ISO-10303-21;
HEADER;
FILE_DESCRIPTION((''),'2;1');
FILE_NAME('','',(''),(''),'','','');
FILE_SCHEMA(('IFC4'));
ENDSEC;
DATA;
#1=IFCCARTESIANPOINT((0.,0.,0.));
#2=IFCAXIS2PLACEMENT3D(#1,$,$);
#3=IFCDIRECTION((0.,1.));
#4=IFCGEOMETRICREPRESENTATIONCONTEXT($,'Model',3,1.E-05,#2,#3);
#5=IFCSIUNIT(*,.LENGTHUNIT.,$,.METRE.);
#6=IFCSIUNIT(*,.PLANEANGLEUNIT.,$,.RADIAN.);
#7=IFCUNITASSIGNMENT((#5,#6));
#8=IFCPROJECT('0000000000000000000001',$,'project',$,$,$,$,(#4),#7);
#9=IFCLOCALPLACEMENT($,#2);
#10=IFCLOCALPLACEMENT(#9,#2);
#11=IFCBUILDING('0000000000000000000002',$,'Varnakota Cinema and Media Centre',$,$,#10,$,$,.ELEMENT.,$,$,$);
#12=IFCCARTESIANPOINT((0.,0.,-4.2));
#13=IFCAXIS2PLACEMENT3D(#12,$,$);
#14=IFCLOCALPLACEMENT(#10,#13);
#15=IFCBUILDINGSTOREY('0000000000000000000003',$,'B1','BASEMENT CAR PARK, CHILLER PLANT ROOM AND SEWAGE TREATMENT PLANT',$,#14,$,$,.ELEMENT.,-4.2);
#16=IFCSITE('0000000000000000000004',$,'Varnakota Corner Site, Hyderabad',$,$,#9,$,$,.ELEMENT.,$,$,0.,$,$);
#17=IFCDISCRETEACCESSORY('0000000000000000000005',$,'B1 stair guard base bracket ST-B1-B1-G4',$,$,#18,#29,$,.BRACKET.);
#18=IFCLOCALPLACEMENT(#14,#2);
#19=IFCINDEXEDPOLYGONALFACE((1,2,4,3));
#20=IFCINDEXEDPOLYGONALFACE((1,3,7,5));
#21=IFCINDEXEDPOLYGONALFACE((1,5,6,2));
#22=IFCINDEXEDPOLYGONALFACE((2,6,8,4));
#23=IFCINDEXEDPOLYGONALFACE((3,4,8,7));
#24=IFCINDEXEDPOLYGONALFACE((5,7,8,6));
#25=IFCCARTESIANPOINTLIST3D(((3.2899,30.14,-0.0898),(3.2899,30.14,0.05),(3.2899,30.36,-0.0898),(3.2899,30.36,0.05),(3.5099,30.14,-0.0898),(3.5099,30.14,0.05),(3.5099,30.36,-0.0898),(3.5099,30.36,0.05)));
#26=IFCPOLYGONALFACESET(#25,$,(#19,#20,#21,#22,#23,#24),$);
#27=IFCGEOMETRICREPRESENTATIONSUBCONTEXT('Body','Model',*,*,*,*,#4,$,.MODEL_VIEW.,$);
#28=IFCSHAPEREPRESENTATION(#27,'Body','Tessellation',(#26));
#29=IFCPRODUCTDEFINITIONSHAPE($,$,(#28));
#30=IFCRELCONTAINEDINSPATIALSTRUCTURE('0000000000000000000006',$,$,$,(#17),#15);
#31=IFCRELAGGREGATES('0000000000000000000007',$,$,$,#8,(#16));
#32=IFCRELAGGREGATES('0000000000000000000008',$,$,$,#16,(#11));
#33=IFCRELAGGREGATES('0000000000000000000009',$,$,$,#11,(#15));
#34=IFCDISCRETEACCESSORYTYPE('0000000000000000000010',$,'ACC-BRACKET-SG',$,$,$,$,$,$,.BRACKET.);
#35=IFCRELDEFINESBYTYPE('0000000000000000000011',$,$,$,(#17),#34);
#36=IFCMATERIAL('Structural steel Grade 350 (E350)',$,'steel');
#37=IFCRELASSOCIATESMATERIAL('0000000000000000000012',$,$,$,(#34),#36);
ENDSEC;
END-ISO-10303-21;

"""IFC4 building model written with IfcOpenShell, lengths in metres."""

from ifc_helpers import new_model, si_unit, direction, frame, origin, origin_2d, place, context, subcontext, project, spatial, rectangle, extrude, material, type_object, element, save


model = new_model("IFC4")

# Units and contexts
model_context = context("Model", 3, precision=1e-05, world=origin(), true_north=direction((0.0, 1.0)))
body_context = subcontext(model_context, "Body", "Model", "MODEL_VIEW")
ifc_project = project(units=[si_unit("LENGTHUNIT", "METRE"), si_unit("PLANEANGLEUNIT", "RADIAN")], contexts=[model_context])

# Site, building, storey
site_placement = place(None, origin())
site = spatial("IfcSite", under=ifc_project, at=site_placement, Name="Varnakota Corner Site, Hyderabad", CompositionType="ELEMENT", RefElevation=0.0)
building_placement = place(site_placement, origin())
building = spatial("IfcBuilding", under=site, at=building_placement, Name="Varnakota Cinema and Media Centre", CompositionType="ELEMENT")
storey_placement = place(building_placement, frame((0.0, 0.0, -4.2)))
storey = spatial("IfcBuildingStorey", under=building, at=storey_placement, Name="B1", Description="BASEMENT CAR PARK, CHILLER PLANT ROOM AND SEWAGE TREATMENT PLANT", CompositionType="ELEMENT", Elevation=-4.2)

# Discrete accessory
ifc_material_1 = material(Name="Structural steel Grade 350 (E350)", Category="steel")
discrete_accessory_type = type_object("IfcDiscreteAccessoryType", Name="ACC-BRACKET-SG", PredefinedType="BRACKET", material=ifc_material_1)
for number, where, z_axis, x_axis, name in (
    (1, (3.3999, 30.25, -0.0898), (0.0, 0.0, 1.0), (1.0, 0.0, 0.0), "B1 stair guard base bracket ST-B1-B1-G4"),
):
    element("IfcDiscreteAccessory", number, at=place(storey_placement, frame(where, z_axis=z_axis, x_axis=x_axis)), inside=storey, type_object=discrete_accessory_type, Name=name, PredefinedType="BRACKET", context=body_context, shape_type="SweptSolid", body=[
        extrude(rectangle(XDim=0.22, YDim=0.22, at=origin_2d()), origin(), (0.0, 0.0, 1.0), 0.1399),
    ])

save(model, "model.ifc")
